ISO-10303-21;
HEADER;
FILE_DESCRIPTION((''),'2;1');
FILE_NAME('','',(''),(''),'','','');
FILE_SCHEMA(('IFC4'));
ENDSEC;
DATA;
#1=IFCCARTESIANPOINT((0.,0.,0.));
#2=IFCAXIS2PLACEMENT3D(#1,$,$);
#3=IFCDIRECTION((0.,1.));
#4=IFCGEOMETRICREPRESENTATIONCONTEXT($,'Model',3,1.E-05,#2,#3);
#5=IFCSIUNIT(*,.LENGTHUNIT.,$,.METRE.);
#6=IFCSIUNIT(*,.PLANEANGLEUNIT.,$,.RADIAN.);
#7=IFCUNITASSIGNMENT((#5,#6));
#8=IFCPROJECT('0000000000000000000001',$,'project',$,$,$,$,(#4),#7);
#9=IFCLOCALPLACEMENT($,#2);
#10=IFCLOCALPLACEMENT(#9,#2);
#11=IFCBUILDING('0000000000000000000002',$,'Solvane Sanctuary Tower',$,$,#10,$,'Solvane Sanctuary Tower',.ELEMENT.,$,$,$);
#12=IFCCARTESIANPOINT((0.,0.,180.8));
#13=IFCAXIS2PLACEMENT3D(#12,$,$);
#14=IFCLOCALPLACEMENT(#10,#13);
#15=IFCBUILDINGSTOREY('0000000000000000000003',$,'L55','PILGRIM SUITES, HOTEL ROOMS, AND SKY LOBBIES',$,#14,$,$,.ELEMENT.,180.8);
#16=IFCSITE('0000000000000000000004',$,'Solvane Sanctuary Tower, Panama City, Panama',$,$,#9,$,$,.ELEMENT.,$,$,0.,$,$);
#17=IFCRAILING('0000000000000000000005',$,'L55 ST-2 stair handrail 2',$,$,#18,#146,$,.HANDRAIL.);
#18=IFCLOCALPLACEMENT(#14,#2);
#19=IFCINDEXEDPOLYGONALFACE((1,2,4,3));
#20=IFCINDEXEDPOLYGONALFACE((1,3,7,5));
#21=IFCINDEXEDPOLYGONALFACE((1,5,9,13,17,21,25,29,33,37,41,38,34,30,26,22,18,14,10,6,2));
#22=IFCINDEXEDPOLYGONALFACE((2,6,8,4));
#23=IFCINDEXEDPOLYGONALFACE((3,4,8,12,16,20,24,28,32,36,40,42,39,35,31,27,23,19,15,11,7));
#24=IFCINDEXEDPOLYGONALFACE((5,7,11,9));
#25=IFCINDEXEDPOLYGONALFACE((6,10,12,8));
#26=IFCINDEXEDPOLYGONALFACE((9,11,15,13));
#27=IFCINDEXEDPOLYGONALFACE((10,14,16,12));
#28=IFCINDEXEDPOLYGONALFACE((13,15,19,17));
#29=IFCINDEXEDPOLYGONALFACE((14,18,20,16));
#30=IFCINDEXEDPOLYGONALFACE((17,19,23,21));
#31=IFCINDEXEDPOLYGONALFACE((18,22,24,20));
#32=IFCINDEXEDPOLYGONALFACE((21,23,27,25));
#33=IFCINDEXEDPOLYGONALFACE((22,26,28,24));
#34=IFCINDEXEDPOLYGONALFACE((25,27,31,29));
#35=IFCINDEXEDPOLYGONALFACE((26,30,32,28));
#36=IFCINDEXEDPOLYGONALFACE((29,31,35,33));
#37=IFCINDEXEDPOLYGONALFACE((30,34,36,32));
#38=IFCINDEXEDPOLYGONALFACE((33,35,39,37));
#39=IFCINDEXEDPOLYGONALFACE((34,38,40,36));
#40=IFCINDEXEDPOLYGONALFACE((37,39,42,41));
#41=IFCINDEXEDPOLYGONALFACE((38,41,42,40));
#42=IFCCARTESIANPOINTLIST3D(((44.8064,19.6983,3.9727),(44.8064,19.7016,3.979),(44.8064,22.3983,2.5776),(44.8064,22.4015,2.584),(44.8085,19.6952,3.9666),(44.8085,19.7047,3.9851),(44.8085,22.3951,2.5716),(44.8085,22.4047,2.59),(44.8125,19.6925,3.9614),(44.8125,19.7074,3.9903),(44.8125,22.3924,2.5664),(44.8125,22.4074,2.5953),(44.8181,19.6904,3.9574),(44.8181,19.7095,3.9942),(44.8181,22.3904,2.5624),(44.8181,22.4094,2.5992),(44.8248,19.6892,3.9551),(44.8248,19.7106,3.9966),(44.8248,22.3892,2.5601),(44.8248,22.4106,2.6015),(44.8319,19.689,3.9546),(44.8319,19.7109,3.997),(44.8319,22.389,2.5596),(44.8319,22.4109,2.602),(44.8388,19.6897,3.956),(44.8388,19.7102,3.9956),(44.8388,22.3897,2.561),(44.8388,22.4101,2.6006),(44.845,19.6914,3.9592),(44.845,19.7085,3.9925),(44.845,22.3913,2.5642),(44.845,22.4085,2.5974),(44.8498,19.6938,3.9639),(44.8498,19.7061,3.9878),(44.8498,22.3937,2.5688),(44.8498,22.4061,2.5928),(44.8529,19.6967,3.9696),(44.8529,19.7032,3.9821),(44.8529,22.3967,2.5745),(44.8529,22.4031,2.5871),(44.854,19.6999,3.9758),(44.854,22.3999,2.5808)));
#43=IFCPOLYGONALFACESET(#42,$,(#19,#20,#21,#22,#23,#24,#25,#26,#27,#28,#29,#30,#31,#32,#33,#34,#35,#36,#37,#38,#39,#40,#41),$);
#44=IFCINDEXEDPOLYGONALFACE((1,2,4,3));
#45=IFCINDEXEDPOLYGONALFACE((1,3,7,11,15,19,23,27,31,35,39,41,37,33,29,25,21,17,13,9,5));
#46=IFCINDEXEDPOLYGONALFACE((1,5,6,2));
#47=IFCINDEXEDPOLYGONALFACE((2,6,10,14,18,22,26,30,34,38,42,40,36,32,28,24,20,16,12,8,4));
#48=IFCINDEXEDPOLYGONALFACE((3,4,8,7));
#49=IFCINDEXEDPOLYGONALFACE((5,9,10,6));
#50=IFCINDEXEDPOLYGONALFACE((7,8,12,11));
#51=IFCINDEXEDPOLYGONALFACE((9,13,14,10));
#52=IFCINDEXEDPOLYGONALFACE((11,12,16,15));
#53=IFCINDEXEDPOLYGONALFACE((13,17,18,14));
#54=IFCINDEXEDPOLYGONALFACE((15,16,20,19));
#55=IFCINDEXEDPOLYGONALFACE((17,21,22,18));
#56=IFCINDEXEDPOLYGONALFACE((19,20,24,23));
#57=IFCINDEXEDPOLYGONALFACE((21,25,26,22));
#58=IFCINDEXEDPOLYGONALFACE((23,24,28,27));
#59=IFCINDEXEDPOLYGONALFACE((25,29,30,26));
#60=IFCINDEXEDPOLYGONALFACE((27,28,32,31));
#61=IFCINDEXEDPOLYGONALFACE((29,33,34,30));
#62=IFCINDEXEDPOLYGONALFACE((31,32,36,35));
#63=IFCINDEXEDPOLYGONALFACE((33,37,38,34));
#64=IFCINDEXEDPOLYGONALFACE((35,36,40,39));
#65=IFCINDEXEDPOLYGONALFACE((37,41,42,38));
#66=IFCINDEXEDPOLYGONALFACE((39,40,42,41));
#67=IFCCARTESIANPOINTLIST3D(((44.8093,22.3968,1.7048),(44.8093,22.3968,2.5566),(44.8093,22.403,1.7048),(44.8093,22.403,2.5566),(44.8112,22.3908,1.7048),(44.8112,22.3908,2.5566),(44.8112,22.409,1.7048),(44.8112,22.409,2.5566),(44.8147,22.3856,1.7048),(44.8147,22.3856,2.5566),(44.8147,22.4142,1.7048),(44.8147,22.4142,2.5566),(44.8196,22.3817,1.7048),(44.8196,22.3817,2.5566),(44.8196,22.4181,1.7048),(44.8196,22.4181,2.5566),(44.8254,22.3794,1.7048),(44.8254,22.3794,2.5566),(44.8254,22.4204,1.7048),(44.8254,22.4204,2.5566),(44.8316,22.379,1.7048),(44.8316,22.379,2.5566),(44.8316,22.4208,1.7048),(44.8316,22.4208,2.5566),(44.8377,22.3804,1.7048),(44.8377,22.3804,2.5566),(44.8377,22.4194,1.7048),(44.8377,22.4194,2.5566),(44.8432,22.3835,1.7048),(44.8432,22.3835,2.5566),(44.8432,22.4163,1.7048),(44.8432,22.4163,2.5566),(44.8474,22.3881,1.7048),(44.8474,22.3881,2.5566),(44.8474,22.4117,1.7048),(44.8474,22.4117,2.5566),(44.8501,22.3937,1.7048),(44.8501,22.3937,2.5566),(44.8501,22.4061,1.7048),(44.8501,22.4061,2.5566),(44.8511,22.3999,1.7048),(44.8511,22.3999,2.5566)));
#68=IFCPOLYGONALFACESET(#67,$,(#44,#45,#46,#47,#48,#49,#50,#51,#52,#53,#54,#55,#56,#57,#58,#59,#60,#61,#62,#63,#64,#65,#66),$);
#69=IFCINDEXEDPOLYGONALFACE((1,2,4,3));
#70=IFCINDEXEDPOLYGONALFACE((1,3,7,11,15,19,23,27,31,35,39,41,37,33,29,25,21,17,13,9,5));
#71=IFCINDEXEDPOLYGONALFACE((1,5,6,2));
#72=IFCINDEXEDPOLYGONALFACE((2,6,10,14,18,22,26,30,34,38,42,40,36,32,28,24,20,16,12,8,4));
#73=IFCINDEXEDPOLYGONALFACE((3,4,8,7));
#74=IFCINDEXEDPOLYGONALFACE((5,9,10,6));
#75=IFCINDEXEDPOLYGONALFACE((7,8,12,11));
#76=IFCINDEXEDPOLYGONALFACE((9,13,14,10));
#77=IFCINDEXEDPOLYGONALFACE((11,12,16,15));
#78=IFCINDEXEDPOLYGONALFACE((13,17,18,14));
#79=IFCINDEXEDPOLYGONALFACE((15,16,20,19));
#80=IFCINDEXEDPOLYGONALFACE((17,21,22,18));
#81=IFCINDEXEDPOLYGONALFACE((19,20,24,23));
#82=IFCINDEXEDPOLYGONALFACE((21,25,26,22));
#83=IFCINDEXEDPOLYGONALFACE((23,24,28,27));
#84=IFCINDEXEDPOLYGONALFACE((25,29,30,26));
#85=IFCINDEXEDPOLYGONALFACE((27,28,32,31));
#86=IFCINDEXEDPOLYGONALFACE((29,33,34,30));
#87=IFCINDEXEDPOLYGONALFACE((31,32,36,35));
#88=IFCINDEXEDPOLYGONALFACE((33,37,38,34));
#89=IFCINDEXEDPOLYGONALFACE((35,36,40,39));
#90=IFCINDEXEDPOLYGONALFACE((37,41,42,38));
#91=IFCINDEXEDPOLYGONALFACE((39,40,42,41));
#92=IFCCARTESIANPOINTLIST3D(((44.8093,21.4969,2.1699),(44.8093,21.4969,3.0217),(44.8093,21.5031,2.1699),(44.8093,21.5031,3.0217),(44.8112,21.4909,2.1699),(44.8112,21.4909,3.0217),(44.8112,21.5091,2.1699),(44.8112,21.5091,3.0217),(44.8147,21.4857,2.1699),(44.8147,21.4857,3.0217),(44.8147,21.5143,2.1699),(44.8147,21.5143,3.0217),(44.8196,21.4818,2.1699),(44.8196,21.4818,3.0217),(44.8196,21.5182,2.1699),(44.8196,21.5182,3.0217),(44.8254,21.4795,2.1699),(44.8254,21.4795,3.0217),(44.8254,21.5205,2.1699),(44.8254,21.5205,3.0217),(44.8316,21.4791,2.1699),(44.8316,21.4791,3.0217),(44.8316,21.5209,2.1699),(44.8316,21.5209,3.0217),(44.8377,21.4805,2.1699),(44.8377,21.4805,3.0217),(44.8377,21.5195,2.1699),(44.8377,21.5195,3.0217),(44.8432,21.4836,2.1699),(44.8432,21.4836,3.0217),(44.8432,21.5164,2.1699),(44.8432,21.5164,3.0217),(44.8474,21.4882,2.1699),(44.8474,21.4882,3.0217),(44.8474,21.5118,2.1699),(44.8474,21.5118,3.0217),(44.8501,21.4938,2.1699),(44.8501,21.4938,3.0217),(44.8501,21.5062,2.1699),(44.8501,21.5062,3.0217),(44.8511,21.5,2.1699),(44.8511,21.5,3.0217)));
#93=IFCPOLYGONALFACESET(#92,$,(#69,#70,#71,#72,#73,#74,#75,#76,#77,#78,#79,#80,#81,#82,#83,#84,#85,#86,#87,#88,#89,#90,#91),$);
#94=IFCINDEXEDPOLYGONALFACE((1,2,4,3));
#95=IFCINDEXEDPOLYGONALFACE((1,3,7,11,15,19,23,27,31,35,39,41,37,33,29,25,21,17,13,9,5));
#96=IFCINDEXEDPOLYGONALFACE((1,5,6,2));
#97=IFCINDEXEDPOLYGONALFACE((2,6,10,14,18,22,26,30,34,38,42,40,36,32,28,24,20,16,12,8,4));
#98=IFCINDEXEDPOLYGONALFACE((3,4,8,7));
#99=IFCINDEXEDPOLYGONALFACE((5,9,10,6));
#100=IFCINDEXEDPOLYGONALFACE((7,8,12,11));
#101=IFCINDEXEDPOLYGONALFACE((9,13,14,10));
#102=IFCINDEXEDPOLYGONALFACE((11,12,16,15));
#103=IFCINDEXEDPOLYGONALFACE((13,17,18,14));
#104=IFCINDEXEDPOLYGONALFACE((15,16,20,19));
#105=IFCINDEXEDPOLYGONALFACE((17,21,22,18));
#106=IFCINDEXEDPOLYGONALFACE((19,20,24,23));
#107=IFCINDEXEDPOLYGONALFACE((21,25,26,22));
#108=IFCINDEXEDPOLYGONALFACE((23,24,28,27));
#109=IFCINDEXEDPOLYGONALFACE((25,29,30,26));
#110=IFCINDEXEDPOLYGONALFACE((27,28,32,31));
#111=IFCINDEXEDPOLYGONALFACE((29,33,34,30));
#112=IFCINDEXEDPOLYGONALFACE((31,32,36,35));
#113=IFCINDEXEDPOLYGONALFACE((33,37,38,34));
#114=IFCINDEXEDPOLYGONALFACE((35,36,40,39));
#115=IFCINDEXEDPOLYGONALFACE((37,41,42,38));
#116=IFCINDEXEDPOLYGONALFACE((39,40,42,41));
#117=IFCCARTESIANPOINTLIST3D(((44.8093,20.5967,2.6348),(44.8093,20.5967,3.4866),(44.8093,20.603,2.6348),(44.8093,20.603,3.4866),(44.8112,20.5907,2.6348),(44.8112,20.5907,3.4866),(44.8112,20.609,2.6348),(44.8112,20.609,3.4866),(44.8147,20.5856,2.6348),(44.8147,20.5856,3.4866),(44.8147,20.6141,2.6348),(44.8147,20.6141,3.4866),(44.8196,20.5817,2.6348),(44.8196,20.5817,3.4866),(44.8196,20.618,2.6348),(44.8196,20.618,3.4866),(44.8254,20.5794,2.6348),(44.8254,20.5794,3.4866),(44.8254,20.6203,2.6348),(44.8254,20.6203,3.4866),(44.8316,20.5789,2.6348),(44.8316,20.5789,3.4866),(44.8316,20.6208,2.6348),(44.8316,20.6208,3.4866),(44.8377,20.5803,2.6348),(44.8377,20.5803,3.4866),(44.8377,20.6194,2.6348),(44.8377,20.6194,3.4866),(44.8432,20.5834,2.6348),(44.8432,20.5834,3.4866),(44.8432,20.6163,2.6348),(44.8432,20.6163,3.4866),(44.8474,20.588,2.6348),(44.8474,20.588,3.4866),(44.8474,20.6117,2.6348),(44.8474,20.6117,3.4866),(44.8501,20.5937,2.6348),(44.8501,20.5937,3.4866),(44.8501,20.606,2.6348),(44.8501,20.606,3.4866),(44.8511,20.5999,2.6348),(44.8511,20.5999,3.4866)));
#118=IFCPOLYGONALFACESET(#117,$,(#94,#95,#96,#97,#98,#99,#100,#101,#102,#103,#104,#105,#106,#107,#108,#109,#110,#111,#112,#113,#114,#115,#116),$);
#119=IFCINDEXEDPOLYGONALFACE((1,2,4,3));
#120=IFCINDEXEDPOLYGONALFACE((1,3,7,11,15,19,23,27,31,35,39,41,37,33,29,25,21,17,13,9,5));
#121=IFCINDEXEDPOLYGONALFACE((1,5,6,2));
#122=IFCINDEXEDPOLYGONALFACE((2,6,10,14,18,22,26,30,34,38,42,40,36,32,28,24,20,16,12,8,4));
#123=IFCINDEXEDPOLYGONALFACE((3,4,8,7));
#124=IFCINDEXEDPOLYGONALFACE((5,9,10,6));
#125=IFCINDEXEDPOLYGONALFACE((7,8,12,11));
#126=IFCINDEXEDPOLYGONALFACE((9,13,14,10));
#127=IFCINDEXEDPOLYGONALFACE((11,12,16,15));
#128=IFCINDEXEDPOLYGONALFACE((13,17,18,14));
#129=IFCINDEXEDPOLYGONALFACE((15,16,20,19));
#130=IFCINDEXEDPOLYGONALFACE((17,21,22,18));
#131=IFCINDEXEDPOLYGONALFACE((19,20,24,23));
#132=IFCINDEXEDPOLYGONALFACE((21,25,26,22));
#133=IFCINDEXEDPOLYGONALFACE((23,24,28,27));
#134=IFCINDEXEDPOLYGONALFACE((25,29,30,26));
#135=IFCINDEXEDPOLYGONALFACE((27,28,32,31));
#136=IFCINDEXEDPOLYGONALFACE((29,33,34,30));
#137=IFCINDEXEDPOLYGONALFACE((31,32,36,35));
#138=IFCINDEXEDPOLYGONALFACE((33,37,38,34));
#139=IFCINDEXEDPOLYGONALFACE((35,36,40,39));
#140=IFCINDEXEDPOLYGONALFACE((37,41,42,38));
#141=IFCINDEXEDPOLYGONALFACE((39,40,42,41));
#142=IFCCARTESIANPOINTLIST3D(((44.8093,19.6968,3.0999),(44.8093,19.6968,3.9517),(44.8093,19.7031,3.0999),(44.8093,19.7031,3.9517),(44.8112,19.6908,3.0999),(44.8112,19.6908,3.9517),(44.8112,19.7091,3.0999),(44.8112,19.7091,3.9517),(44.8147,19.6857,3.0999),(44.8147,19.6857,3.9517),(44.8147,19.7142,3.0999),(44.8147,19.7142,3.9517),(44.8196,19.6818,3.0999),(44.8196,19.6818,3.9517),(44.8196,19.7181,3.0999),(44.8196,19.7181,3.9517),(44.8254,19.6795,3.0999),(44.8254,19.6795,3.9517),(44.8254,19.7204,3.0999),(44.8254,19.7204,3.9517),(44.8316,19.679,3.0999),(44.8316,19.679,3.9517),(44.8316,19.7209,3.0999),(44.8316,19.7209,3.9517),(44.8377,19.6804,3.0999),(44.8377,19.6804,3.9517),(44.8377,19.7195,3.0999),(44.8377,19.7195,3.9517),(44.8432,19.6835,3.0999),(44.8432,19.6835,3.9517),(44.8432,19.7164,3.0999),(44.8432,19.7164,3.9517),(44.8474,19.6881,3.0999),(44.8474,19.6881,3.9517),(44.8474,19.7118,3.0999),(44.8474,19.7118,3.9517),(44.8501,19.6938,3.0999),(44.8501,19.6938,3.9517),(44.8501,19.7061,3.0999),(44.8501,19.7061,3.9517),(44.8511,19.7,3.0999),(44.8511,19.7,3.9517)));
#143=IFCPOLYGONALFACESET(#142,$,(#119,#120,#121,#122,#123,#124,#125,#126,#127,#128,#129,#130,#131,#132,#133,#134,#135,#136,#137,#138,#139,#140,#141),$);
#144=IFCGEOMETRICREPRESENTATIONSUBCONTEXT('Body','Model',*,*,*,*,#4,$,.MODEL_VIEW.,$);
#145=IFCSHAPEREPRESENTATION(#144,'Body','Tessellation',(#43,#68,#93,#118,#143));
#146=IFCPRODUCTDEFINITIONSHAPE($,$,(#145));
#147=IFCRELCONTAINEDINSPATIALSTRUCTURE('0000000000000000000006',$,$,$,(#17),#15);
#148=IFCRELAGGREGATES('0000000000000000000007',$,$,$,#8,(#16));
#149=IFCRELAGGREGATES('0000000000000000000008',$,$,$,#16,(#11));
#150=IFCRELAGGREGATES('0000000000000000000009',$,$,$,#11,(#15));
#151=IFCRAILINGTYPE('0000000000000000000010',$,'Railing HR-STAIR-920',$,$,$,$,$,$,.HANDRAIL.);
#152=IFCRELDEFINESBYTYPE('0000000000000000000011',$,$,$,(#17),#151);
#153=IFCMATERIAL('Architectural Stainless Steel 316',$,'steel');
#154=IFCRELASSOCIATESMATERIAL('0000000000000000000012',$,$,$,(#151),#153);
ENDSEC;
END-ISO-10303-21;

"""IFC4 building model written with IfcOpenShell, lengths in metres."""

from ifc_helpers import new_model, si_unit, direction, frame, origin, origin_2d, place, context, subcontext, project, spatial, circle, extrude, material, type_object, element, save


model = new_model("IFC4")

# Units and contexts
model_context = context("Model", 3, precision=1e-05, world=origin(), true_north=direction((0.0, 1.0)))
body_context = subcontext(model_context, "Body", "Model", "MODEL_VIEW")
ifc_project = project(units=[si_unit("LENGTHUNIT", "METRE"), si_unit("PLANEANGLEUNIT", "RADIAN")], contexts=[model_context])

# Site, building, storey
site_placement = place(None, origin())
site = spatial("IfcSite", under=ifc_project, at=site_placement, Name="Solvane Sanctuary Tower, Panama City, Panama", CompositionType="ELEMENT", RefElevation=0.0)
building_placement = place(site_placement, origin())
building = spatial("IfcBuilding", under=site, at=building_placement, Name="Solvane Sanctuary Tower", LongName="Solvane Sanctuary Tower", CompositionType="ELEMENT")
storey_placement = place(building_placement, frame((0.0, 0.0, 180.8)))
storey = spatial("IfcBuildingStorey", under=building, at=storey_placement, Name="L55", Description="PILGRIM SUITES, HOTEL ROOMS, AND SKY LOBBIES", CompositionType="ELEMENT", Elevation=180.8)

# Shared definitions
ifc_material_1 = material(Name="Architectural Stainless Steel 316", Category="steel")

# Railing
railing_type_1 = type_object("IfcRailingType", Name="Railing HR-STAIR-920", PredefinedType="HANDRAIL", material=ifc_material_1)
railing_1_placement = place(storey_placement, frame((44.8301, 22.3999, 1.7048)))
element("IfcRailing", 1, at=railing_1_placement, inside=storey, type_object=railing_type_1, Name="L55 ST-2 stair handrail 2", PredefinedType="HANDRAIL", context=body_context, shape_type="SweptSolid", body=[
    extrude(circle(Radius=0.0239, at=origin_2d()), frame((0.0, 0.0, 0.876), z_axis=(0.0, -0.88842, 0.459032), x_axis=(1.0, 0.0, 0.0)), (0.0, 0.0, 1.0), 3.0391),
    extrude(circle(Radius=0.021, at=origin_2d()), origin(), (0.0, 0.0, 1.0), 0.8518),
    extrude(circle(Radius=0.021, at=origin_2d()), frame((0.0, -0.8999, 0.4651)), (0.0, 0.0, 1.0), 0.8518),
    extrude(circle(Radius=0.021, at=origin_2d()), frame((0.0, -1.8, 0.9299)), (0.0, 0.0, 1.0), 0.8518),
    extrude(circle(Radius=0.021, at=origin_2d()), frame((0.0, -2.7, 1.395)), (0.0, 0.0, 1.0), 0.8518),
])

save(model, "model.ifc")
